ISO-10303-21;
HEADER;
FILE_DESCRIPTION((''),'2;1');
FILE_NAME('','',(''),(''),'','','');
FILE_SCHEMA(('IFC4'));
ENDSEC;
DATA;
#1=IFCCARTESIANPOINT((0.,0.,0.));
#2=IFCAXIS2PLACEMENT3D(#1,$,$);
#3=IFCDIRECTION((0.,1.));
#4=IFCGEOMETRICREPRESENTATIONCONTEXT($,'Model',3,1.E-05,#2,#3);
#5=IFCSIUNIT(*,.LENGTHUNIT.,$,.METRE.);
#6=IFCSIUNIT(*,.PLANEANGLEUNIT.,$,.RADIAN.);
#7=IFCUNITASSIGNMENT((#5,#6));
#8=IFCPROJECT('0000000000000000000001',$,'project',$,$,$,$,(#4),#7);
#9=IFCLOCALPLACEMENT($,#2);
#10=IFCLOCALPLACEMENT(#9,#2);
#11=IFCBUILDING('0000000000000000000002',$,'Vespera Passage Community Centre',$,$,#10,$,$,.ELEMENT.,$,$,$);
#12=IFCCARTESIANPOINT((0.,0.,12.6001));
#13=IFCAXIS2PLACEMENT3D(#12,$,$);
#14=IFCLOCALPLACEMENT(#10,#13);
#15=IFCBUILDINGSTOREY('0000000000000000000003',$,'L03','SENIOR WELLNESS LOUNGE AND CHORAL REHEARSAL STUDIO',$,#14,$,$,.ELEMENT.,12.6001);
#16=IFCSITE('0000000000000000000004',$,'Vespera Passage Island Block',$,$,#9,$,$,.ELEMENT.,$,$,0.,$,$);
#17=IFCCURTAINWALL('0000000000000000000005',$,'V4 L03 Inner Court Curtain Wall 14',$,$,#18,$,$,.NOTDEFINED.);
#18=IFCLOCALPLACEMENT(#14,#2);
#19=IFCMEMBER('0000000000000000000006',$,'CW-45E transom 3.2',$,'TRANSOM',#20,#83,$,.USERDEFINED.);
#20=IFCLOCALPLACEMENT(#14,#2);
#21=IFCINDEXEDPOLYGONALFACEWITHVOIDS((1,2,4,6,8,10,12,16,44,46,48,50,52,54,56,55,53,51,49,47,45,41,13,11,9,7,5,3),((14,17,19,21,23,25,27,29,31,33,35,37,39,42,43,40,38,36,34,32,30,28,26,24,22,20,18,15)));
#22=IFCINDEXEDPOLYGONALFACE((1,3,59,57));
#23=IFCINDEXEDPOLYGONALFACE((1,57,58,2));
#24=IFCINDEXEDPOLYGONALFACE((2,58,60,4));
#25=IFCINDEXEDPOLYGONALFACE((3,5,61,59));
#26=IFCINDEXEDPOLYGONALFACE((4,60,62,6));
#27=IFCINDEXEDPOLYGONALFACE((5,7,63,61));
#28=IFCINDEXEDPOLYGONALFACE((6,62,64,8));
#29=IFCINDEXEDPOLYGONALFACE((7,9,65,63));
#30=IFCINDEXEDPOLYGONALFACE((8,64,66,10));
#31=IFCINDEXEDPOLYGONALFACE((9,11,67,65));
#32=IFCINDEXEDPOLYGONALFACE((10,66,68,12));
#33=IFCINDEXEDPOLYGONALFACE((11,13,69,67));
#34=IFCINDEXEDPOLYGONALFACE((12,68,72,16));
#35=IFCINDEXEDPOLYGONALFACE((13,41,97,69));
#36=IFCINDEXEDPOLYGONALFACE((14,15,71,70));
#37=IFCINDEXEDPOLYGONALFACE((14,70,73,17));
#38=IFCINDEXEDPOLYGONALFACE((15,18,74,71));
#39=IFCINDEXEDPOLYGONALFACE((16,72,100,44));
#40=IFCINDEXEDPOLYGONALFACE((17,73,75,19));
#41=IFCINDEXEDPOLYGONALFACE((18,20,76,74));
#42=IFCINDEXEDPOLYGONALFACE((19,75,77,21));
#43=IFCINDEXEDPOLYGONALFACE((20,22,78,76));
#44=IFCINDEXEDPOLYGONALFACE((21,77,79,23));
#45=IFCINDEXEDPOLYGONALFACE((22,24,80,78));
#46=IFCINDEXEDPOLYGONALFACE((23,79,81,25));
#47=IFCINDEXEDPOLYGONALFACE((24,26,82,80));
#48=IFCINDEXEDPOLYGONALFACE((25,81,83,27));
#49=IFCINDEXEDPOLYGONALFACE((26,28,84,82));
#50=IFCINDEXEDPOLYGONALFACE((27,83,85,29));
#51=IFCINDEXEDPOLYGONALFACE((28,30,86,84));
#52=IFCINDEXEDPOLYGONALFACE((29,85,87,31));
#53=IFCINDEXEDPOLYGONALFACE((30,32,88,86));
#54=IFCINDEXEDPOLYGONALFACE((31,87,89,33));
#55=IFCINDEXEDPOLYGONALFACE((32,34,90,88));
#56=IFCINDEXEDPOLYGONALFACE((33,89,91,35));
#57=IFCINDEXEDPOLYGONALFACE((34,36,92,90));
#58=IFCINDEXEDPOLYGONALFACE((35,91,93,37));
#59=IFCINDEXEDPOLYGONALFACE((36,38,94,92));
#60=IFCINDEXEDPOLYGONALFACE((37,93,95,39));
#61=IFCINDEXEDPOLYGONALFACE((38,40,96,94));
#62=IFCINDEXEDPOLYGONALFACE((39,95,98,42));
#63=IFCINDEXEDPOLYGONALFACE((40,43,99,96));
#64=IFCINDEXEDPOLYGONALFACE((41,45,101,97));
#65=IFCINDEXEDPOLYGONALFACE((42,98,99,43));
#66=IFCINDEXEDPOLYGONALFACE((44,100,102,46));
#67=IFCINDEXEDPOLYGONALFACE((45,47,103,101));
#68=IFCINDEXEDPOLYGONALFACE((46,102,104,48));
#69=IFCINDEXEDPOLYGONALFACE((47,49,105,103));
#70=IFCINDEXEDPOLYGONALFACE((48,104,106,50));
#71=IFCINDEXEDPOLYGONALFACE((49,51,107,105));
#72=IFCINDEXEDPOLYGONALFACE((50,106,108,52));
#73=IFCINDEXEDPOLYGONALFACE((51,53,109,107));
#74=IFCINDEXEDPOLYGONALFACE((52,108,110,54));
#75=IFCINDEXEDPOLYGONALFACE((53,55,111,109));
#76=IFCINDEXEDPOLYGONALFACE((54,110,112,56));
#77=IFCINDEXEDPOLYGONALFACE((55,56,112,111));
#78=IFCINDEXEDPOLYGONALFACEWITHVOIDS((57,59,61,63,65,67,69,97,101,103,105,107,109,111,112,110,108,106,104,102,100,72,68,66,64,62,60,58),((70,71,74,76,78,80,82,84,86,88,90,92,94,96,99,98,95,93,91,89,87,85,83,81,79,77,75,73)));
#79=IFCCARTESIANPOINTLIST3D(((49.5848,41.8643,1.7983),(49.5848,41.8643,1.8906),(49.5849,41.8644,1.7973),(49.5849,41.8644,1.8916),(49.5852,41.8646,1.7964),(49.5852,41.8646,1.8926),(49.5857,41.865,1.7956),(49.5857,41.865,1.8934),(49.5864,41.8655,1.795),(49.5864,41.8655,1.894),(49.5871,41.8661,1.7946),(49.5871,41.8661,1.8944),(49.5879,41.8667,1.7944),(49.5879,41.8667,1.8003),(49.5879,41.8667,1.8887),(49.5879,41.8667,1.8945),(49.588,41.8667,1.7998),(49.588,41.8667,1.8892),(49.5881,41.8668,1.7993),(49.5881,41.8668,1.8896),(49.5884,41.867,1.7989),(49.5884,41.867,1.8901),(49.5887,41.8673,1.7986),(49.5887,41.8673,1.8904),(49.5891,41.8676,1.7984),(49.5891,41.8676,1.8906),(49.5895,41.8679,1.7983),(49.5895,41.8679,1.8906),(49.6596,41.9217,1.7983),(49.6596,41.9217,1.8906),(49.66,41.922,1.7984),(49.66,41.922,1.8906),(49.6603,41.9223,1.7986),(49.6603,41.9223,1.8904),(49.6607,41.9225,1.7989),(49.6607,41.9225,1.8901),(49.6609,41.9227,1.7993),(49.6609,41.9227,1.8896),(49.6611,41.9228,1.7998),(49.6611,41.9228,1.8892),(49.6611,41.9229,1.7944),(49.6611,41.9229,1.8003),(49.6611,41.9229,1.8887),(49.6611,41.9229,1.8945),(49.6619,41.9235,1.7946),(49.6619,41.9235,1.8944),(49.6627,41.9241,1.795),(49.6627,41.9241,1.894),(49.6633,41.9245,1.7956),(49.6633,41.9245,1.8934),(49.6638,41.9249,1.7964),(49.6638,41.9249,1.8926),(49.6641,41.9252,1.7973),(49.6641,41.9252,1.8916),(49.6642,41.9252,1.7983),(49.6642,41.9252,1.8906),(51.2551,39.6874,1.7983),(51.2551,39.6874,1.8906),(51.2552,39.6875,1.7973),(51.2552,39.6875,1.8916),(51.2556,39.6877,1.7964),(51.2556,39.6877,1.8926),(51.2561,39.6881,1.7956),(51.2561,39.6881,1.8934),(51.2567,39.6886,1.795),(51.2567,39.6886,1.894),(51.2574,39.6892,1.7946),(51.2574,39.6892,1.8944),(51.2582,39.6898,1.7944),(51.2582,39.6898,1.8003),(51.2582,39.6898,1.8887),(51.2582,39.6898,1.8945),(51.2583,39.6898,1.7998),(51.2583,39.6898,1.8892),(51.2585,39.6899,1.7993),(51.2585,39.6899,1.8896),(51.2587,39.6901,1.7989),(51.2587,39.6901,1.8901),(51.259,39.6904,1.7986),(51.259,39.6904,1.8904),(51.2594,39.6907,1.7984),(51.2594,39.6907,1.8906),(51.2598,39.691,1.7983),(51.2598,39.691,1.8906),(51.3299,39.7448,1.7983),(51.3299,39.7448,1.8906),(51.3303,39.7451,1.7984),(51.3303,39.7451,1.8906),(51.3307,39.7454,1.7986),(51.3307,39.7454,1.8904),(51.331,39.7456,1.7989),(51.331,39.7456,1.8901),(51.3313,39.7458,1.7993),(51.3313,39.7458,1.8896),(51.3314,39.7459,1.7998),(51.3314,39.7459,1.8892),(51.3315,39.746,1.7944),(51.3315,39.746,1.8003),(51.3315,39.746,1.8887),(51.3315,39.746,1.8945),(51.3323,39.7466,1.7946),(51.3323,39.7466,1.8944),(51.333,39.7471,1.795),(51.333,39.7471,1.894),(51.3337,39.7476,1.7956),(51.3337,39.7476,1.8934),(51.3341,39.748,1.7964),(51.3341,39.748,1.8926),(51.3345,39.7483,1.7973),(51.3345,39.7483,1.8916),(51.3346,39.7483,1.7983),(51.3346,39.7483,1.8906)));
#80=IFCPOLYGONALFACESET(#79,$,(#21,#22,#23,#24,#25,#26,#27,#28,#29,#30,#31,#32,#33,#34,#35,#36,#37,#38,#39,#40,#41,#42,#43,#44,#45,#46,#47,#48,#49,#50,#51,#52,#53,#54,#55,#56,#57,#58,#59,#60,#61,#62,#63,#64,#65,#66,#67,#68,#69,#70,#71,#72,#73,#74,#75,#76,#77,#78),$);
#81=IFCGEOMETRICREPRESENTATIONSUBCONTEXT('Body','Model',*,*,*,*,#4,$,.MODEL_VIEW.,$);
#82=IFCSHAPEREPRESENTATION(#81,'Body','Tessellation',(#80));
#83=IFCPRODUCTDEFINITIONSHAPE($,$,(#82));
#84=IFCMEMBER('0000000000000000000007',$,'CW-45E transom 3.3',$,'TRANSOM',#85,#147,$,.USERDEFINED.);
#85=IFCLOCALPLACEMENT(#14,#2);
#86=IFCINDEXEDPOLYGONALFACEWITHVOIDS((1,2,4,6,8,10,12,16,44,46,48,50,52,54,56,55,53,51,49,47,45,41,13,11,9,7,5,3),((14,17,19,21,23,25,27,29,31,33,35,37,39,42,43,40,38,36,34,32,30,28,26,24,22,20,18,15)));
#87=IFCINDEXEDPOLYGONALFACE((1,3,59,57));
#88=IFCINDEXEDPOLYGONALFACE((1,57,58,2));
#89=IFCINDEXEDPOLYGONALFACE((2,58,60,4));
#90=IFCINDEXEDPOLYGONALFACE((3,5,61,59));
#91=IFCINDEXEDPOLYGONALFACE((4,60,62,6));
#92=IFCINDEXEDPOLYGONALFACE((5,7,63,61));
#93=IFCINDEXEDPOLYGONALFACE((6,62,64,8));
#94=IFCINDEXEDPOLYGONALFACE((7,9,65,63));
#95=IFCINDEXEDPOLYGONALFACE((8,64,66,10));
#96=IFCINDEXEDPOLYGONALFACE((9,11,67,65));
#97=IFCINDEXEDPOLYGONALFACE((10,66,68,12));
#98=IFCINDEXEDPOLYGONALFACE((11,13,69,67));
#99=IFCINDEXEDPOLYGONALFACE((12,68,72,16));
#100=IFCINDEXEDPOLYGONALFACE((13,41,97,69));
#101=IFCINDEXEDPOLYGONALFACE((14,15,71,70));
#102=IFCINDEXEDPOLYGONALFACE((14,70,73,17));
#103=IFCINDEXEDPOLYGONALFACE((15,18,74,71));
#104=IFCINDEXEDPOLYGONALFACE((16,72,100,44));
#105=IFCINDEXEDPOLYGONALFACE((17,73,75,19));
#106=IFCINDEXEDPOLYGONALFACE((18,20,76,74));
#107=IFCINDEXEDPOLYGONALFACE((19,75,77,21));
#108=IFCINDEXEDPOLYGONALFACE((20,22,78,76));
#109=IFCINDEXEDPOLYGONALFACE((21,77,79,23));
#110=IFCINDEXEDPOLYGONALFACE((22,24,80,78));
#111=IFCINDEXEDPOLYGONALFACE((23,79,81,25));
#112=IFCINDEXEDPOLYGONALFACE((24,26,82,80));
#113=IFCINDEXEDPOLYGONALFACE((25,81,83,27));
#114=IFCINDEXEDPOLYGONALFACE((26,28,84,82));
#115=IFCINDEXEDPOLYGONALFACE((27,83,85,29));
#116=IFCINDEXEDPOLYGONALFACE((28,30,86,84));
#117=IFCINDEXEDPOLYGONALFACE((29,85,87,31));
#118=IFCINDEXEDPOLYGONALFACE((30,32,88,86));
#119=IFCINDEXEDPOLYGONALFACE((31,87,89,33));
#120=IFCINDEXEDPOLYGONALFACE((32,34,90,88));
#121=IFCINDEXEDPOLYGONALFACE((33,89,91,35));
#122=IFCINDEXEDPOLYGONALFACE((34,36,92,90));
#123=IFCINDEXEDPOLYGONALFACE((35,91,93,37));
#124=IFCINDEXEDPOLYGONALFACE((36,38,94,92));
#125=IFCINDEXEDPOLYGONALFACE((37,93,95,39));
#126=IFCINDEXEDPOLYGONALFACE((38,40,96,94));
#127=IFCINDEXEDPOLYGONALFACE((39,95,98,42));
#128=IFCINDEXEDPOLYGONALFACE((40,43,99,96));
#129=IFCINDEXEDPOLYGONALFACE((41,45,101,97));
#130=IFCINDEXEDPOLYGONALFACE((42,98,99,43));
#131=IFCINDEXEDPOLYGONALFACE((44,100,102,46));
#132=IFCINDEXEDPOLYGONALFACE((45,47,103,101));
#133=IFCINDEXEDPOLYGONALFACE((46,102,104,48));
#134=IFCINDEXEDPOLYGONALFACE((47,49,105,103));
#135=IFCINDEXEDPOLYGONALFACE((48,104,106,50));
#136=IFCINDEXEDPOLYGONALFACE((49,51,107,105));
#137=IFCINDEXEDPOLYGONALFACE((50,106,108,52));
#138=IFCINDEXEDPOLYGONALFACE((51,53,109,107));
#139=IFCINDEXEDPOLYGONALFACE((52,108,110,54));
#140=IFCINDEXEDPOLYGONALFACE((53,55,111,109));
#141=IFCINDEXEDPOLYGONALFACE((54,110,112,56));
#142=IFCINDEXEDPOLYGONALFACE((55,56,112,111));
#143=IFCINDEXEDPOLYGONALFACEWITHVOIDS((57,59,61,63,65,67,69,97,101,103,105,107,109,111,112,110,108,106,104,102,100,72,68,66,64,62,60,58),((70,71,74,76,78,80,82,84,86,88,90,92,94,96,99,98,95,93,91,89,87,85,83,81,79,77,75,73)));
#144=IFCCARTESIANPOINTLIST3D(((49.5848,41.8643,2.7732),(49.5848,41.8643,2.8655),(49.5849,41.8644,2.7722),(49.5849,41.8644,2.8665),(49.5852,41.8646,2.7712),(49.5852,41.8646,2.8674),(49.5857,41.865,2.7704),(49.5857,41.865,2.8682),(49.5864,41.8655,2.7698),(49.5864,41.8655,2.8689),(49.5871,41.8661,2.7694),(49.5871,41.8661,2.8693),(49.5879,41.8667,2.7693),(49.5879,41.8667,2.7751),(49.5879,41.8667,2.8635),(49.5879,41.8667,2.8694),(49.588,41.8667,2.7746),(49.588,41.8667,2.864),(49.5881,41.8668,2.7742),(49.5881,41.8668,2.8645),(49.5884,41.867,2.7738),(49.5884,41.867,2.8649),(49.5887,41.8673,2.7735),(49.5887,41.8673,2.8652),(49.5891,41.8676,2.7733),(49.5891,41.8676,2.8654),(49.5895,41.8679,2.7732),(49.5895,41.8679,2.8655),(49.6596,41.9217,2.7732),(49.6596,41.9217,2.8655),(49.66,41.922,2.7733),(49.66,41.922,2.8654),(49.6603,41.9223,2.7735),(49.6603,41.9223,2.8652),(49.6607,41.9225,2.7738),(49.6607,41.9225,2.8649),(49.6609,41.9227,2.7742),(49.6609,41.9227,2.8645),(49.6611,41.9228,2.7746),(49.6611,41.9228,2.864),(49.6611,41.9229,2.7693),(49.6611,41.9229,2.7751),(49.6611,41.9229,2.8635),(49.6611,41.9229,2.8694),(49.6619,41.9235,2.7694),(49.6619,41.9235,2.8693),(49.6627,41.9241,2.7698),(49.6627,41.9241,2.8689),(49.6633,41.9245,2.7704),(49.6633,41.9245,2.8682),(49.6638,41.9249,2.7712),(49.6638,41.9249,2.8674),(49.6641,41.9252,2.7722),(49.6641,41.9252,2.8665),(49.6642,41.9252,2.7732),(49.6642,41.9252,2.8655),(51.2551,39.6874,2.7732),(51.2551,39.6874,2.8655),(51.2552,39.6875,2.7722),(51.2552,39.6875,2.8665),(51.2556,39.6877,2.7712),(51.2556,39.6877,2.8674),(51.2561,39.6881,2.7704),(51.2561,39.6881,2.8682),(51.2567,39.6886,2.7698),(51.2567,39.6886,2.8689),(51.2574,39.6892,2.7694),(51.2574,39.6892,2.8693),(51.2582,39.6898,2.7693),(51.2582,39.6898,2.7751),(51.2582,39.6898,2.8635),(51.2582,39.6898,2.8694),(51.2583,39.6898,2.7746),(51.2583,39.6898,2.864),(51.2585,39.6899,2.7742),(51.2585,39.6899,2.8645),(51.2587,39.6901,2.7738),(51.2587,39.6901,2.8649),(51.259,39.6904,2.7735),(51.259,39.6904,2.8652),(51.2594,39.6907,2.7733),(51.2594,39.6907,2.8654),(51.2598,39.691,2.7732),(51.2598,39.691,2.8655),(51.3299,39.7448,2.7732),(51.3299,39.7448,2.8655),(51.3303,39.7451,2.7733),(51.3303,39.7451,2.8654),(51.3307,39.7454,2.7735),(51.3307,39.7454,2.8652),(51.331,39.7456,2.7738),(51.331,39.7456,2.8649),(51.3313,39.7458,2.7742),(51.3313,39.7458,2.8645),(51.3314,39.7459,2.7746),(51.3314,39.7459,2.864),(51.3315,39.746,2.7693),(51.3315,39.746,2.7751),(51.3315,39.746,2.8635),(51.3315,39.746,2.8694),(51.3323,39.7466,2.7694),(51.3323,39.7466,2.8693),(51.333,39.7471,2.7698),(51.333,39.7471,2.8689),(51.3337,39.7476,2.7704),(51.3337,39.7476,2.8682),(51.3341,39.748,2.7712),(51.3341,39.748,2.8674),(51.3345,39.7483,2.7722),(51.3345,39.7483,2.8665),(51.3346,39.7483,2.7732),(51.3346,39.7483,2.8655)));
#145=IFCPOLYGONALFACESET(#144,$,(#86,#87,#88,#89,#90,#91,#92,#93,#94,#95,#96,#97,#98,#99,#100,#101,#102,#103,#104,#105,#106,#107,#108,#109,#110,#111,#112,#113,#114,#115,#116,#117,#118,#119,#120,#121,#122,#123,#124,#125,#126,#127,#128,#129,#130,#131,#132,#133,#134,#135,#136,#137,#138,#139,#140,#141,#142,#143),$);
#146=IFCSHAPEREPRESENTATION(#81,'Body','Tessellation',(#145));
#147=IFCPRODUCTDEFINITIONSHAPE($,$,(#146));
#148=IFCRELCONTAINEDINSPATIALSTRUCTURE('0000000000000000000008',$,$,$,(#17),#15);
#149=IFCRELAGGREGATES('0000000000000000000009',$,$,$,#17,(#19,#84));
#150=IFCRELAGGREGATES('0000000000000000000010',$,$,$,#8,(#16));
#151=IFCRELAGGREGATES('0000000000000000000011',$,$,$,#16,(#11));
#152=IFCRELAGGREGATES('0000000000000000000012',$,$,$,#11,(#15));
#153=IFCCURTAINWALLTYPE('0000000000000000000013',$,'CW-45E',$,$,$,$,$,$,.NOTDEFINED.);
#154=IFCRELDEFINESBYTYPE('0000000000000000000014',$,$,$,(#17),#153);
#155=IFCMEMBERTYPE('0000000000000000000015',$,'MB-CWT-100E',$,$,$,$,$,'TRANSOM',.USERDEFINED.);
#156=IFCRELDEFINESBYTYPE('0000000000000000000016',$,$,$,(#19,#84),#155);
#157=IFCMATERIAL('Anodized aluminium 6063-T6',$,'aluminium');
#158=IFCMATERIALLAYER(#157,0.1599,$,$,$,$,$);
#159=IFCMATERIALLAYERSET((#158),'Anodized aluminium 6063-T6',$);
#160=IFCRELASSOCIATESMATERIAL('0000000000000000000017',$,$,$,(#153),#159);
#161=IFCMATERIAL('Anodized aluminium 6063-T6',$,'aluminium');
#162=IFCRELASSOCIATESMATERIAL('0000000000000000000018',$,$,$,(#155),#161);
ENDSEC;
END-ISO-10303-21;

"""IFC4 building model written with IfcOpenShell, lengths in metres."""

from ifc_helpers import new_model, si_unit, direction, frame, origin, origin_2d, place, context, subcontext, project, spatial, hollow_rectangle, extrude, material, layer, layer_set, material_profile, profile_set, type_object, element, aggregate, save


model = new_model("IFC4")

# Units and contexts
model_context = context("Model", 3, precision=1e-05, world=origin(), true_north=direction((0.0, 1.0)))
body_context = subcontext(model_context, "Body", "Model", "MODEL_VIEW")
ifc_project = project(units=[si_unit("LENGTHUNIT", "METRE"), si_unit("PLANEANGLEUNIT", "RADIAN")], contexts=[model_context])

# Site, building, storey
site_placement = place(None, origin())
site = spatial("IfcSite", under=ifc_project, at=site_placement, Name="Vespera Passage Island Block", CompositionType="ELEMENT", RefElevation=0.0)
building_placement = place(site_placement, origin())
building = spatial("IfcBuilding", under=site, at=building_placement, Name="Vespera Passage Community Centre", CompositionType="ELEMENT")
storey_placement = place(building_placement, frame((0.0, 0.0, 12.6001)))
storey = spatial("IfcBuildingStorey", under=building, at=storey_placement, Name="L03", Description="SENIOR WELLNESS LOUNGE AND CHORAL REHEARSAL STUDIO", CompositionType="ELEMENT", Elevation=12.6001)

# Curtain wall
ifc_material_1 = material(Name="Anodized aluminium 6063-T6", Category="aluminium")
ifc_layer_1 = layer(ifc_material_1, 0.1599)
ifc_layer_set_1 = layer_set([ifc_layer_1], Name="Anodized aluminium 6063-T6")
curtain_wall_type_1 = type_object("IfcCurtainWallType", Name="CW-45E", PredefinedType="NOTDEFINED", material=ifc_layer_set_1)
curtain_wall_1_placement = place(storey_placement, origin())
curtain_wall_1 = element("IfcCurtainWall", 1, at=curtain_wall_1_placement, inside=storey, type_object=curtain_wall_type_1, Name="V4 L03 Inner Court Curtain Wall 14", PredefinedType="NOTDEFINED")

# Members
ifc_material_2 = material(Name="Anodized aluminium 6063-T6", Category="aluminium")
ifc_material_profile_1 = material_profile(ifc_material_2, hollow_rectangle(XDim=0.1001, YDim=0.1001, WallThickness=0.0039, InnerFilletRadius=0.002, OuterFilletRadius=0.0039, at=origin_2d()), Name="ALU100X100X4")
ifc_profile_set_1 = profile_set([ifc_material_profile_1], Name="Anodized aluminium 6063-T6")
member_type_1 = type_object("IfcMemberType", Name="MB-CWT-100E", ElementType="TRANSOM", PredefinedType="USERDEFINED", material=ifc_profile_set_1)
member_1_placement = place(storey_placement, frame((49.6245, 41.8948, 1.8445), z_axis=(0.608747, -0.793364, 0.0), x_axis=(0.793364, 0.608747, 0.0)))
member_1 = element("IfcMember", 2, at=member_1_placement, type_object=member_type_1, Name="CW-45E transom 3.2", ObjectType="TRANSOM", PredefinedType="USERDEFINED", context=body_context, shape_type="SweptSolid", body=[
    extrude(hollow_rectangle(XDim=0.1001, YDim=0.1001, WallThickness=0.0039, InnerFilletRadius=0.002, OuterFilletRadius=0.0039, at=origin_2d()), origin(), (0.0, 0.0, 1.0), 2.7439),
])
member_2_placement = place(storey_placement, frame((49.6245, 41.8948, 2.8193), z_axis=(0.608747, -0.793364, 0.0), x_axis=(0.793364, 0.608747, 0.0)))
member_2 = element("IfcMember", 3, at=member_2_placement, type_object=member_type_1, Name="CW-45E transom 3.3", ObjectType="TRANSOM", PredefinedType="USERDEFINED", context=body_context, shape_type="SweptSolid", body=[
    extrude(hollow_rectangle(XDim=0.1001, YDim=0.1001, WallThickness=0.0039, InnerFilletRadius=0.002, OuterFilletRadius=0.0039, at=origin_2d()), origin(), (0.0, 0.0, 1.0), 2.7439),
])

aggregate(curtain_wall_1, [member_1, member_2])

save(model, "model.ifc")
